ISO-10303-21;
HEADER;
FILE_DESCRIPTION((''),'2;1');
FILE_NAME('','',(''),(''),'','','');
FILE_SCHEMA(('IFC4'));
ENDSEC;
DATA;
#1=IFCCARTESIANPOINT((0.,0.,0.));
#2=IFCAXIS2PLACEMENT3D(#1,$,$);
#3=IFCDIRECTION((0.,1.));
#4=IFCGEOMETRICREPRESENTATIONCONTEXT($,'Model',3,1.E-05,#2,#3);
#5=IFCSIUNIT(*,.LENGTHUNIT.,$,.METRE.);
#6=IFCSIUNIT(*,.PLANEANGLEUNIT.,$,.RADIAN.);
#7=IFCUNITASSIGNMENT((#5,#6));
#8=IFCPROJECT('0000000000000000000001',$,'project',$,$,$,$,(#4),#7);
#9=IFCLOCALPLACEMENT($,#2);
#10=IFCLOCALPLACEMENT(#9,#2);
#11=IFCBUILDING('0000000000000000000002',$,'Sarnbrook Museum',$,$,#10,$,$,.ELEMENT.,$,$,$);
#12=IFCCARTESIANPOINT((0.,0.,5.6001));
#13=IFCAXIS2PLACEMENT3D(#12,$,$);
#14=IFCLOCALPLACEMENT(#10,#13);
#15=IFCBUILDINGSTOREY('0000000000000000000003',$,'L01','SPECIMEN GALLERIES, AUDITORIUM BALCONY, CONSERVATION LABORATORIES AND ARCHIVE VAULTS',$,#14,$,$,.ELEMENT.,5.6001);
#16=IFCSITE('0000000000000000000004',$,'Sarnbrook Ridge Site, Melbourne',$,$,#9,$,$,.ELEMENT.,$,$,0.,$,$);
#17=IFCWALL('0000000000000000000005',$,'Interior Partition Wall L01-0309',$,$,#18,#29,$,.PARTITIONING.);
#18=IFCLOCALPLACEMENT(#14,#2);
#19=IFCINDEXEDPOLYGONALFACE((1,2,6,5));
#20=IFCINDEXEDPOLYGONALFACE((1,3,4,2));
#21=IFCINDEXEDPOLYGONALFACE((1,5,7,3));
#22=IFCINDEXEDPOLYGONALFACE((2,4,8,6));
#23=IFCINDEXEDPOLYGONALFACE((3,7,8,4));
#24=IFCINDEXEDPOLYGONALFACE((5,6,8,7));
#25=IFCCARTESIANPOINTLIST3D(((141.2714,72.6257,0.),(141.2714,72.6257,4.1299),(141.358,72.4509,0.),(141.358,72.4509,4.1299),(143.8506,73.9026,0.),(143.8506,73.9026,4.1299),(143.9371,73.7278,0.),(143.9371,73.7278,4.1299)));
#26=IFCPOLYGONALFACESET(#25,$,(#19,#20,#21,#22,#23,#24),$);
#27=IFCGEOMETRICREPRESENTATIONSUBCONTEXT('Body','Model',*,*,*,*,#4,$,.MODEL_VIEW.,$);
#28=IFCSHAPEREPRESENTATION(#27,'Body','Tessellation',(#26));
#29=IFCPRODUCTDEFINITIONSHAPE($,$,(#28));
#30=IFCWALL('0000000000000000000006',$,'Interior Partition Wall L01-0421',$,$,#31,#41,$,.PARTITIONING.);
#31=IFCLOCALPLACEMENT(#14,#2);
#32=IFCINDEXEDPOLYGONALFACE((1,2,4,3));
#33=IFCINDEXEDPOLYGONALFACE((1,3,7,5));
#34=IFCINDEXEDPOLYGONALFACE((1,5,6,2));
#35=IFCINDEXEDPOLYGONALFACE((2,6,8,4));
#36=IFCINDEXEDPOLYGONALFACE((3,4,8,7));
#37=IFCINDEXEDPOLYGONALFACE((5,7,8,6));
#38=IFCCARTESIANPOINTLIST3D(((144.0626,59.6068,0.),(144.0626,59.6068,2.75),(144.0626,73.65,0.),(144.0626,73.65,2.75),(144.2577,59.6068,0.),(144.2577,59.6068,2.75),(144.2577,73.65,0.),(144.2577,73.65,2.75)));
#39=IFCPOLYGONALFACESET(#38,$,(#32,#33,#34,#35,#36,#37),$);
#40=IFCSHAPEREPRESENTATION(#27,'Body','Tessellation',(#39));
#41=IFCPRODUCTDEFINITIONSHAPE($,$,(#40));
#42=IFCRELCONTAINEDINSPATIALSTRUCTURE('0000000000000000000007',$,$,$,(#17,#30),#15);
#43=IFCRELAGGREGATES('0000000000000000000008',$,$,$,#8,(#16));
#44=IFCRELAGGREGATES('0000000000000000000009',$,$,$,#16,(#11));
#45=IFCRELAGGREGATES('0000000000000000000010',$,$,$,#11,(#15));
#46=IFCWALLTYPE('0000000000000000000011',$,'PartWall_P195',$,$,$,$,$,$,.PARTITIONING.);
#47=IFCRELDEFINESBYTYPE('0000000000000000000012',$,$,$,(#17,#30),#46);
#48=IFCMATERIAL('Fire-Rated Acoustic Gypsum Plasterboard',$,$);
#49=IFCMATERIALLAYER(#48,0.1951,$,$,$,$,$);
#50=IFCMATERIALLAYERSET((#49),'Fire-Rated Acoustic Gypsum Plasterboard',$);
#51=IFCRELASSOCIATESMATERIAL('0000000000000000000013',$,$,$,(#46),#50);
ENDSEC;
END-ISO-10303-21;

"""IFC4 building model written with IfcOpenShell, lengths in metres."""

from ifc_helpers import new_model, si_unit, direction, frame, frame_2d, origin, place, context, subcontext, project, spatial, rectangle, extrude, material, layer, layer_set, type_object, element, save


model = new_model("IFC4")

# Units and contexts
model_context = context("Model", 3, precision=1e-05, world=origin(), true_north=direction((0.0, 1.0)))
body_context = subcontext(model_context, "Body", "Model", "MODEL_VIEW")
ifc_project = project(units=[si_unit("LENGTHUNIT", "METRE"), si_unit("PLANEANGLEUNIT", "RADIAN")], contexts=[model_context])

# Site, building, storey
site_placement = place(None, origin())
site = spatial("IfcSite", under=ifc_project, at=site_placement, Name="Sarnbrook Ridge Site, Melbourne", CompositionType="ELEMENT", RefElevation=0.0)
building_placement = place(site_placement, origin())
building = spatial("IfcBuilding", under=site, at=building_placement, Name="Sarnbrook Museum", CompositionType="ELEMENT")
storey_placement = place(building_placement, frame((0.0, 0.0, 5.6001)))
storey = spatial("IfcBuildingStorey", under=building, at=storey_placement, Name="L01", Description="SPECIMEN GALLERIES, AUDITORIUM BALCONY, CONSERVATION LABORATORIES AND ARCHIVE VAULTS", CompositionType="ELEMENT", Elevation=5.6001)

# Walls
ifc_material_1 = material(Name="Fire-Rated Acoustic Gypsum Plasterboard")
ifc_layer_1 = layer(ifc_material_1, 0.1951)
ifc_layer_set_1 = layer_set([ifc_layer_1], Name="Fire-Rated Acoustic Gypsum Plasterboard")
wall_type_1 = type_object("IfcWallType", Name="PartWall_P195", PredefinedType="PARTITIONING", material=ifc_layer_set_1)
wall_1_placement = place(storey_placement, frame((141.3147, 72.5383, 0.0), z_axis=(0.0, 0.0, 1.0), x_axis=(0.896185, 0.443681, 0.0)))
element("IfcWall", 1, at=wall_1_placement, inside=storey, type_object=wall_type_1, Name="Interior Partition Wall L01-0309", PredefinedType="PARTITIONING", context=body_context, shape_type="SweptSolid", body=[
    extrude(rectangle(XDim=2.8779, YDim=0.1951, at=frame_2d((1.439, 0.0))), origin(), (0.0, 0.0, 1.0), 4.1299),
])
wall_2_placement = place(storey_placement, frame((144.1602, 73.6499, 0.0), z_axis=(0.0, 0.0, 1.0), x_axis=(0.0, -1.0, 0.0)))
element("IfcWall", 2, at=wall_2_placement, inside=storey, type_object=wall_type_1, Name="Interior Partition Wall L01-0421", PredefinedType="PARTITIONING", context=body_context, shape_type="SweptSolid", body=[
    extrude(rectangle(XDim=14.0432, YDim=0.1951, at=frame_2d((7.0215, 0.0))), origin(), (0.0, 0.0, 1.0), 2.75),
])

save(model, "model.ifc")
